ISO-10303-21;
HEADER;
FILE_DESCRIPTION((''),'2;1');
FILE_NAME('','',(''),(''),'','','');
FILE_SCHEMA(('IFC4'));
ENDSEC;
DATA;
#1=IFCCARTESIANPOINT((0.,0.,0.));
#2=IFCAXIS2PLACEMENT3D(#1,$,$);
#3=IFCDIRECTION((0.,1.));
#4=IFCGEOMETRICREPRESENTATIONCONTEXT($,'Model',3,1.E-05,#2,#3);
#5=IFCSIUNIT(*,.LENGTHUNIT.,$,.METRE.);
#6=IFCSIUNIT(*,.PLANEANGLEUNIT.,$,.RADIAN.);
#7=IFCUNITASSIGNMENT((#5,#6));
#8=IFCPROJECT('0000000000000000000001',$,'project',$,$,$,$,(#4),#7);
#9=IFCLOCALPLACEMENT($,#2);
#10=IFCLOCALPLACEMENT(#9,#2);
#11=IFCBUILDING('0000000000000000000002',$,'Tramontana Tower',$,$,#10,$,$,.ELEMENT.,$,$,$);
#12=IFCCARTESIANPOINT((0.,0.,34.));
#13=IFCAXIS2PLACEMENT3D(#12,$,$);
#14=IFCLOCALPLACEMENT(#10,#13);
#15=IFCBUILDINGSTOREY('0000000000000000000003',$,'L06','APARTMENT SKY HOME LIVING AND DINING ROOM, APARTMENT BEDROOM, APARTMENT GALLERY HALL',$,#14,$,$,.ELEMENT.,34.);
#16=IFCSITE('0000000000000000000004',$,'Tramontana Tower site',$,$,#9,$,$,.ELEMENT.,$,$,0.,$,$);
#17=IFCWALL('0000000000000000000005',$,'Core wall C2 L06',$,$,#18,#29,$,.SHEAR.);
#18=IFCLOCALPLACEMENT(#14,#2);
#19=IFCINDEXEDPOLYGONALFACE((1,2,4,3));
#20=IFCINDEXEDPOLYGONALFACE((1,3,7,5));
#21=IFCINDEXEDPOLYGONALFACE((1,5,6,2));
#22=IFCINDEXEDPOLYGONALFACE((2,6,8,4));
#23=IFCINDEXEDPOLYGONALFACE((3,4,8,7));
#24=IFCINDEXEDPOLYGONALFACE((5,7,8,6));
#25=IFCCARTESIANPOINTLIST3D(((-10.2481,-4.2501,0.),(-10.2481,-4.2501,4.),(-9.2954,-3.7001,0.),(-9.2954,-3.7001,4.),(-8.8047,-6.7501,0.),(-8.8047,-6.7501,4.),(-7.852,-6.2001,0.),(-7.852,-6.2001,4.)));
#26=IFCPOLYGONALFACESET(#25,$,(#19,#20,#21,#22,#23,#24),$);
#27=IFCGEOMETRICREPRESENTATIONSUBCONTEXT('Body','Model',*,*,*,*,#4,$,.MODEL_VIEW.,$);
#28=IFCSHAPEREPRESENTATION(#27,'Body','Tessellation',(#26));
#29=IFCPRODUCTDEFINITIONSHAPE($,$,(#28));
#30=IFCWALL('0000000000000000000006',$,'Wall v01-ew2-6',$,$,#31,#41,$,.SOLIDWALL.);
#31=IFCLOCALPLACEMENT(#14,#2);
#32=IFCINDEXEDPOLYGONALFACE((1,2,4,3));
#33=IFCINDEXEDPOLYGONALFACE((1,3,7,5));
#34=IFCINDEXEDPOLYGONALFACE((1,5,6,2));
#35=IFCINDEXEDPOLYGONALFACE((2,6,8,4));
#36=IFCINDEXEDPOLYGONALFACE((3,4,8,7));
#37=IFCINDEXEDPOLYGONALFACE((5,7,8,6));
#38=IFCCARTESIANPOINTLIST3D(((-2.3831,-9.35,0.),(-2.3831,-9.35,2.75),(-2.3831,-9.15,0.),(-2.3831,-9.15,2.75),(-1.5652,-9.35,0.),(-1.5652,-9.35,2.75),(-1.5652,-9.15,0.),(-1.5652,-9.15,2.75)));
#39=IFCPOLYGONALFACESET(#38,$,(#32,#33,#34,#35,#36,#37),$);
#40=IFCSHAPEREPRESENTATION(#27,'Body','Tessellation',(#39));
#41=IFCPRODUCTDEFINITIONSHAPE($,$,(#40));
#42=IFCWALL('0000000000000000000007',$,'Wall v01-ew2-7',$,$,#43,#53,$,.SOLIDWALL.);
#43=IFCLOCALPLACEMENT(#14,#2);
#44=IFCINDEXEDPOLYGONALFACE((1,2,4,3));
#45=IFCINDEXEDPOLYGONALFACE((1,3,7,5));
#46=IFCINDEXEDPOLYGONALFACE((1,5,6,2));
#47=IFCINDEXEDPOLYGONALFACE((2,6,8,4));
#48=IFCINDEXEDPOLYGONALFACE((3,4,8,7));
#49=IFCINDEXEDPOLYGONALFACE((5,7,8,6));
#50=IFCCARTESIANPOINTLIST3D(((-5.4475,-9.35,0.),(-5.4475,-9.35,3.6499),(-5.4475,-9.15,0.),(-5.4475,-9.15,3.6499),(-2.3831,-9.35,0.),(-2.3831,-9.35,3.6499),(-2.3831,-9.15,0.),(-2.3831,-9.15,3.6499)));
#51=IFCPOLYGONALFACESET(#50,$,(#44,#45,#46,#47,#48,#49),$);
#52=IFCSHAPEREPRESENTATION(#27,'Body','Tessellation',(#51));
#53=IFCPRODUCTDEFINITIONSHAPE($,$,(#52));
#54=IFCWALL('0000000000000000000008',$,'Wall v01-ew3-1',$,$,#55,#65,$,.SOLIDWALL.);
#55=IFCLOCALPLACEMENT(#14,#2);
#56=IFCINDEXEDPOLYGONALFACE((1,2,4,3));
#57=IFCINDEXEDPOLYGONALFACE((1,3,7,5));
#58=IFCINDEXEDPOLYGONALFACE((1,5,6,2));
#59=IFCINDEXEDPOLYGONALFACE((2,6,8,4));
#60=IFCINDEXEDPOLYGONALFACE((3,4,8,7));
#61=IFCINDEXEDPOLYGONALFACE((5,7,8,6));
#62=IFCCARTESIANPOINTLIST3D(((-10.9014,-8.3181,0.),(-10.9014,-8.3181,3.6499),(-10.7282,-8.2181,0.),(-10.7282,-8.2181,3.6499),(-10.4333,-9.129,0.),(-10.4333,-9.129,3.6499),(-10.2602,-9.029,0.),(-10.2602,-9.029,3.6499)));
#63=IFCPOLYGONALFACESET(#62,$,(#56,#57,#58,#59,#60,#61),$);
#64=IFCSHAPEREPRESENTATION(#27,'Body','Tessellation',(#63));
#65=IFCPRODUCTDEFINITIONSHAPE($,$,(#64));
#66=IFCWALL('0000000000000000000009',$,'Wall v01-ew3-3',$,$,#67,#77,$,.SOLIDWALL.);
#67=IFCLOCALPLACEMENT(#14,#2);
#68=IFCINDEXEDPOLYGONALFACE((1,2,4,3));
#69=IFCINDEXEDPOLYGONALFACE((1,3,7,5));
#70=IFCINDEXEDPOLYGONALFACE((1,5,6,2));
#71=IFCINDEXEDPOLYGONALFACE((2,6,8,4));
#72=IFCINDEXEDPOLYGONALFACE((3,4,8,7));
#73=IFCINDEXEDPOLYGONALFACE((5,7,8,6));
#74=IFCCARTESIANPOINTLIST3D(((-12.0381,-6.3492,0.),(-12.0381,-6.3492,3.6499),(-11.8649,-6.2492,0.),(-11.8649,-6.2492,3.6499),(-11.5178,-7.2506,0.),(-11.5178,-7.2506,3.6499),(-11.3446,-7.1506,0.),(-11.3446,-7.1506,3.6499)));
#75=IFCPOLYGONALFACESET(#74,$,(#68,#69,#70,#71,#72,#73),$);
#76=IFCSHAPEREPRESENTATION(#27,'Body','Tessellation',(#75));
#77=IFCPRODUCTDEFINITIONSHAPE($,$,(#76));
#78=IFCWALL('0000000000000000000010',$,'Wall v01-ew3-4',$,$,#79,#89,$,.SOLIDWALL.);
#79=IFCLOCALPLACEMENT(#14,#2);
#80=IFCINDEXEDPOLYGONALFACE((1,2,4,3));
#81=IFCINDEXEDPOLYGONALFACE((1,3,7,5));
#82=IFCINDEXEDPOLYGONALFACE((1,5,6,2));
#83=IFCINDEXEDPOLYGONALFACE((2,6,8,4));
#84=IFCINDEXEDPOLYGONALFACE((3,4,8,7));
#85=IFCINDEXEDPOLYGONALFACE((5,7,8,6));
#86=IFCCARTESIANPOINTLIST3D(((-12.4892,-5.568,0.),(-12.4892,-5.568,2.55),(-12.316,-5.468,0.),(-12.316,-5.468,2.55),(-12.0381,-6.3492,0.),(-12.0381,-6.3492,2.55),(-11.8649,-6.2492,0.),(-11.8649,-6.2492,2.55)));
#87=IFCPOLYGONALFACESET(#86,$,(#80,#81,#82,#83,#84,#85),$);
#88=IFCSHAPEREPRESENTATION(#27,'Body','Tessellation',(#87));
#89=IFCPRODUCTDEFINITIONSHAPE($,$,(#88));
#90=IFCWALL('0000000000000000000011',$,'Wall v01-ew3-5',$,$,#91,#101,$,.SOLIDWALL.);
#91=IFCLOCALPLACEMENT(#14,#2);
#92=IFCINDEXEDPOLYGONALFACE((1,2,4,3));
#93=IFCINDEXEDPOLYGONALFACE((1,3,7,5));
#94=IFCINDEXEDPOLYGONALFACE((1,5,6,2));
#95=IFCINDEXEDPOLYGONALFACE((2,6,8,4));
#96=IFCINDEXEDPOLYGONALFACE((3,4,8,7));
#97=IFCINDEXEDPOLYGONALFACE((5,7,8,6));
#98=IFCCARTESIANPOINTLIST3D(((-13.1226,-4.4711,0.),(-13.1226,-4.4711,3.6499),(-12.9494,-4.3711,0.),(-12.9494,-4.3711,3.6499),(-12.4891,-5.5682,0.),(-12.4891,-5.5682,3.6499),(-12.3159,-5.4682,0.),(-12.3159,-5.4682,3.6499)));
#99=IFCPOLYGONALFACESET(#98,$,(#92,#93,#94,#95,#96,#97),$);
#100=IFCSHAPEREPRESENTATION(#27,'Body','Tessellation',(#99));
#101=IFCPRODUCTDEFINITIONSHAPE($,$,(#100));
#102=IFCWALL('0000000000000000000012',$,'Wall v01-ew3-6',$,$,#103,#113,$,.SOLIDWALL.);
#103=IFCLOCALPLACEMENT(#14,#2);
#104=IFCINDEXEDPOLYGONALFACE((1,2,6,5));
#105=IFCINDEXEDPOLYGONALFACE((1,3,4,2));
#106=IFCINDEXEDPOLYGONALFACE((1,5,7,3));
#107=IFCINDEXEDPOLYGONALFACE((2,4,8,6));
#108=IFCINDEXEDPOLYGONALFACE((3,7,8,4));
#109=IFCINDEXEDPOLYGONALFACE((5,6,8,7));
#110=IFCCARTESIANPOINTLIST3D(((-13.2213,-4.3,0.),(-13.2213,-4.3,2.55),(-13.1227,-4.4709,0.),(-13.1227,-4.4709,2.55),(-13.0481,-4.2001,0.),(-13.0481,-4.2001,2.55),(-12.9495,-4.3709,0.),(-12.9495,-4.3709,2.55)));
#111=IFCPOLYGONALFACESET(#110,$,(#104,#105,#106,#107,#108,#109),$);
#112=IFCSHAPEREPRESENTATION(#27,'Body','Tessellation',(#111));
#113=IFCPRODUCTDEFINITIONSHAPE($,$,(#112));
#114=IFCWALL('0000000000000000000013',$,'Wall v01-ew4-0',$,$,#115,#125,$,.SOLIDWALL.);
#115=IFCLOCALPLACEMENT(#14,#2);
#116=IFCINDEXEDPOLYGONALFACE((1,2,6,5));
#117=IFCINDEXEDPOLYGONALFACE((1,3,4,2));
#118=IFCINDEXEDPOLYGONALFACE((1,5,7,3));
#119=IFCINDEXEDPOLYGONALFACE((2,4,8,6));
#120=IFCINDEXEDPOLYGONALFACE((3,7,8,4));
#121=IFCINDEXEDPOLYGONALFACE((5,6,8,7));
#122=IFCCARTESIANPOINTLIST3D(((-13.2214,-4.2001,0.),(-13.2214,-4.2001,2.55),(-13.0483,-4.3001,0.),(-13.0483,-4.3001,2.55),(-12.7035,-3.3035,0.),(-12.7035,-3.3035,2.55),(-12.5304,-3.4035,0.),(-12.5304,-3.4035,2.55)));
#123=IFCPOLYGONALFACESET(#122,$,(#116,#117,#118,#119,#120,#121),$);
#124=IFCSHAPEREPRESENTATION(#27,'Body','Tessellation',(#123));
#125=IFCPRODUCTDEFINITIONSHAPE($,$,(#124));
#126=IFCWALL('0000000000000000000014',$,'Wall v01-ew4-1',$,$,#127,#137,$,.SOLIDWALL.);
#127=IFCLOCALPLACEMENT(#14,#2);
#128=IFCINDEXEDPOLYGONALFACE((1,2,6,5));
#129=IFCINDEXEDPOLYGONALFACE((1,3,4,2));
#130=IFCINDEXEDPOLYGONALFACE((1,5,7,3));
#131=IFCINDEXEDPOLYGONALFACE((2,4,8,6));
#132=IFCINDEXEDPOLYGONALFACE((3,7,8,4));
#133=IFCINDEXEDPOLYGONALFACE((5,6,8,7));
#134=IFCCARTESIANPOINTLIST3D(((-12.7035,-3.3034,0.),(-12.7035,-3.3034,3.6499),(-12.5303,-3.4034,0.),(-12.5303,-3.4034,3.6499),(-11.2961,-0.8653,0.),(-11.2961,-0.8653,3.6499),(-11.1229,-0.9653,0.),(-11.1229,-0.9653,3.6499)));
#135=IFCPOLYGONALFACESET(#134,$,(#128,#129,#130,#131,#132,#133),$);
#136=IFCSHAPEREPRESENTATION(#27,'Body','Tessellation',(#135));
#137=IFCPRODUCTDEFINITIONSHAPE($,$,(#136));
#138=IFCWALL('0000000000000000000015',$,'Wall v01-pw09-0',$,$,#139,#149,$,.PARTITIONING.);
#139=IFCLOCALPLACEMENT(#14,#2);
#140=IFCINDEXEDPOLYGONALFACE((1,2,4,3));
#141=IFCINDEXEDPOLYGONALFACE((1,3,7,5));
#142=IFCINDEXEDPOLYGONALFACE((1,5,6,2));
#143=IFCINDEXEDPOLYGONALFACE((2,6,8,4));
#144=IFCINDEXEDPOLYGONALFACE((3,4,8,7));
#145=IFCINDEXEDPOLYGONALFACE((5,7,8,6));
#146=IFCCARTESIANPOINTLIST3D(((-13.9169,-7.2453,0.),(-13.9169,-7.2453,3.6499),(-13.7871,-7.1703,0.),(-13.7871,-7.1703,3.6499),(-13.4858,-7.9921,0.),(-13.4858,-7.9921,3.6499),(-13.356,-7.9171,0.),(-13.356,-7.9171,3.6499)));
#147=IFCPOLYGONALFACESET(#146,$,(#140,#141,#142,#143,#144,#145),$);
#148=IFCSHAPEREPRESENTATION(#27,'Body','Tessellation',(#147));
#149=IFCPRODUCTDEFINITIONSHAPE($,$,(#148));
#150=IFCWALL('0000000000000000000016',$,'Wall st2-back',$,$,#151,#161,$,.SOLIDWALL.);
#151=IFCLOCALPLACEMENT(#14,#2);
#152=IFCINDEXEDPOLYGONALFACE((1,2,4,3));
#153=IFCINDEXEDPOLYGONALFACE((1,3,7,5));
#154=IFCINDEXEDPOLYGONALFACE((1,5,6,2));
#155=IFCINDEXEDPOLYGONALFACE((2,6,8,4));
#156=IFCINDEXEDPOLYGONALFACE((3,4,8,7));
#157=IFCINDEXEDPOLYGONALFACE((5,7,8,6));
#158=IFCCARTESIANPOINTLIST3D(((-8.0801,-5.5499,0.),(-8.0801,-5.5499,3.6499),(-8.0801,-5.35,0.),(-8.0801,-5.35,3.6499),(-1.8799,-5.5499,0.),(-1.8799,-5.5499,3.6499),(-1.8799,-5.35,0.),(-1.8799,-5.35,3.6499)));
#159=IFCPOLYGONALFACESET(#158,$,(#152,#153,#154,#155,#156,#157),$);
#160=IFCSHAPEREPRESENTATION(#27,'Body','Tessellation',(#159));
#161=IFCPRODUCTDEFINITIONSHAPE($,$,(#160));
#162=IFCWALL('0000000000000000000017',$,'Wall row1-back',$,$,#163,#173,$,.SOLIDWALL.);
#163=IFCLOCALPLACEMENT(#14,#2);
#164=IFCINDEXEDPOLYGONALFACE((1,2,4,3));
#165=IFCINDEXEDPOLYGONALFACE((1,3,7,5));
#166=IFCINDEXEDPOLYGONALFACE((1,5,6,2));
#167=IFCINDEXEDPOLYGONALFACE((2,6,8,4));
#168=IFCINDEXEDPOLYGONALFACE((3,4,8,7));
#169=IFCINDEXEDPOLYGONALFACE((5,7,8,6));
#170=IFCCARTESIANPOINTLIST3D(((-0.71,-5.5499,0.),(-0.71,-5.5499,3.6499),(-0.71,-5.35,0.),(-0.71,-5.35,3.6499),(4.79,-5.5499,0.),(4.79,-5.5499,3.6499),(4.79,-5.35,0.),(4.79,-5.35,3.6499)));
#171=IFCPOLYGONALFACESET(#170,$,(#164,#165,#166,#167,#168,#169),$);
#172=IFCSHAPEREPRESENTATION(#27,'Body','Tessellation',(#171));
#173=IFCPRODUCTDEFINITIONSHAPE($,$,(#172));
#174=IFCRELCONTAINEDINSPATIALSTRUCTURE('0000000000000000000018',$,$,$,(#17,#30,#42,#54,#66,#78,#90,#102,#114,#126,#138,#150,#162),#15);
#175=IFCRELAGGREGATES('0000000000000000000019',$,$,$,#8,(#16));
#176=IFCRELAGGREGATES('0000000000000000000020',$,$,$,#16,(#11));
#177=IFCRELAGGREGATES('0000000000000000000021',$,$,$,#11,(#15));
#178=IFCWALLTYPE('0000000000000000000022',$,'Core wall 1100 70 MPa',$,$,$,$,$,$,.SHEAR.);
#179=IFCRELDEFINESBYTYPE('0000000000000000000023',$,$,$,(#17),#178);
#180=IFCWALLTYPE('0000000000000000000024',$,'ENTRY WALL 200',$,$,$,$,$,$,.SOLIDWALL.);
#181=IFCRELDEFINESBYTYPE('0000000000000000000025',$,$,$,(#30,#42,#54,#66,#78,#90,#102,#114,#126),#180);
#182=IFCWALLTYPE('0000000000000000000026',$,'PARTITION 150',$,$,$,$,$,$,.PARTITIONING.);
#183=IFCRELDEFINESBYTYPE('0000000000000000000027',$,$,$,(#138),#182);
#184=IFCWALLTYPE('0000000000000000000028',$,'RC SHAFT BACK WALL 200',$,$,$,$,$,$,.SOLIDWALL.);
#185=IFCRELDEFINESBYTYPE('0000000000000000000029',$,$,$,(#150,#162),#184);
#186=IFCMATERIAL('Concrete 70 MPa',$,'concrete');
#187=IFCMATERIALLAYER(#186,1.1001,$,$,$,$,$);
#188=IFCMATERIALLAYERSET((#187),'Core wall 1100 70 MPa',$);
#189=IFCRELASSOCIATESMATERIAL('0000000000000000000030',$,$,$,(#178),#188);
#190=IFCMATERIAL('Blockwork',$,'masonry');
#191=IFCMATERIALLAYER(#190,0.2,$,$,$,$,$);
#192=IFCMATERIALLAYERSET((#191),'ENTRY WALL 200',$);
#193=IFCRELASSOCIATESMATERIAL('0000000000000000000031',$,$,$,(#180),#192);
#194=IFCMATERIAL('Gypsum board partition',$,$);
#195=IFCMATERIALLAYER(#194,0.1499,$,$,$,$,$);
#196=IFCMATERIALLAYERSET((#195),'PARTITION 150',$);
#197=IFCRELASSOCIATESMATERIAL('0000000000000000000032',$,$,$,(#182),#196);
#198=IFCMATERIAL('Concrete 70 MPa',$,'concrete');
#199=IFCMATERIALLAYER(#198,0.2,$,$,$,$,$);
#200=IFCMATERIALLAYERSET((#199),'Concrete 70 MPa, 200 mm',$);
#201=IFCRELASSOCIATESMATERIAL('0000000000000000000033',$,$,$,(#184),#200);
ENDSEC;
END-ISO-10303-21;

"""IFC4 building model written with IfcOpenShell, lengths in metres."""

from ifc_helpers import new_model, si_unit, direction, frame, frame_2d, origin, place, context, subcontext, project, spatial, rectangle, extrude, material, layer, layer_set, type_object, element, save


model = new_model("IFC4")

# Units and contexts
model_context = context("Model", 3, precision=1e-05, world=origin(), true_north=direction((0.0, 1.0)))
body_context = subcontext(model_context, "Body", "Model", "MODEL_VIEW")
ifc_project = project(units=[si_unit("LENGTHUNIT", "METRE"), si_unit("PLANEANGLEUNIT", "RADIAN")], contexts=[model_context])

# Site, building, storey
site_placement = place(None, origin())
site = spatial("IfcSite", under=ifc_project, at=site_placement, Name="Tramontana Tower site", CompositionType="ELEMENT", RefElevation=0.0)
building_placement = place(site_placement, origin())
building = spatial("IfcBuilding", under=site, at=building_placement, Name="Tramontana Tower", CompositionType="ELEMENT")
storey_placement = place(building_placement, frame((0.0, 0.0, 34.0)))
storey = spatial("IfcBuildingStorey", under=building, at=storey_placement, Name="L06", Description="APARTMENT SKY HOME LIVING AND DINING ROOM, APARTMENT BEDROOM, APARTMENT GALLERY HALL", CompositionType="ELEMENT", Elevation=34.0)

# Wall
ifc_material_1 = material(Name="Concrete 70 MPa", Category="concrete")
ifc_layer_1 = layer(ifc_material_1, 1.1001)
ifc_layer_set_1 = layer_set([ifc_layer_1], Name="Core wall 1100 70 MPa")
wall_type_1 = type_object("IfcWallType", Name="Core wall 1100 70 MPa", PredefinedType="SHEAR", material=ifc_layer_set_1)
wall_1_placement = place(storey_placement, frame((-9.7717, -3.9751, 0.0), z_axis=(0.0, 0.0, 1.0), x_axis=(0.499996, -0.866028, 0.0)))
element("IfcWall", 1, at=wall_1_placement, inside=storey, type_object=wall_type_1, Name="Core wall C2 L06", PredefinedType="SHEAR", context=body_context, shape_type="SweptSolid", body=[
    extrude(rectangle(XDim=2.8867, YDim=1.1001, at=frame_2d((1.4434, 0.0))), origin(), (0.0, 0.0, 1.0), 4.0),
])

# Walls
ifc_material_2 = material(Name="Blockwork", Category="masonry")
ifc_layer_2 = layer(ifc_material_2, 0.2)
ifc_layer_set_2 = layer_set([ifc_layer_2], Name="ENTRY WALL 200")
wall_type_2 = type_object("IfcWallType", Name="ENTRY WALL 200", PredefinedType="SOLIDWALL", material=ifc_layer_set_2)
wall_2_placement = place(storey_placement, frame((-1.5652, -9.25, 0.0), z_axis=(0.0, 0.0, 1.0), x_axis=(-1.0, 0.0, 0.0)))
element("IfcWall", 2, at=wall_2_placement, inside=storey, type_object=wall_type_2, Name="Wall v01-ew2-6", PredefinedType="SOLIDWALL", context=body_context, shape_type="SweptSolid", body=[
    extrude(rectangle(XDim=0.8179, YDim=0.2, at=frame_2d((0.4089, 0.0))), origin(), (0.0, 0.0, 1.0), 2.75),
])
wall_3_placement = place(storey_placement, frame((-2.3831, -9.25, 0.0), z_axis=(0.0, 0.0, 1.0), x_axis=(-1.0, 0.0, 0.0)))
element("IfcWall", 3, at=wall_3_placement, inside=storey, type_object=wall_type_2, Name="Wall v01-ew2-7", PredefinedType="SOLIDWALL", context=body_context, shape_type="SweptSolid", body=[
    extrude(rectangle(XDim=3.0645, YDim=0.2, at=frame_2d((1.5322, 0.0))), origin(), (0.0, 0.0, 1.0), 3.6499),
])
wall_4_placement = place(storey_placement, frame((-10.3467, -9.0791, 0.0), z_axis=(0.0, 0.0, 1.0), x_axis=(-0.499926, 0.866068, 0.0)))
element("IfcWall", 4, at=wall_4_placement, inside=storey, type_object=wall_type_2, Name="Wall v01-ew3-1", PredefinedType="SOLIDWALL", context=body_context, shape_type="SweptSolid", body=[
    extrude(rectangle(XDim=0.9363, YDim=0.2, at=frame_2d((0.4683, 0.0))), origin(), (0.0, 0.0, 1.0), 3.6499),
])

# Walls
wall_5_placement = place(storey_placement, frame((-11.4312, -7.2007, 0.0), z_axis=(0.0, 0.0, 1.0), x_axis=(-0.499898, 0.866084, 0.0)))
element("IfcWall", 5, at=wall_5_placement, inside=storey, type_object=wall_type_2, Name="Wall v01-ew3-3", PredefinedType="SOLIDWALL", context=body_context, shape_type="SweptSolid", body=[
    extrude(rectangle(XDim=1.0408, YDim=0.2, at=frame_2d((0.5205, 0.0))), origin(), (0.0, 0.0, 1.0), 3.6499),
])
wall_6_placement = place(storey_placement, frame((-11.9514, -6.2993, 0.0), z_axis=(0.0, 0.0, 1.0), x_axis=(-0.500097, 0.865969, 0.0)))
element("IfcWall", 6, at=wall_6_placement, inside=storey, type_object=wall_type_2, Name="Wall v01-ew3-4", PredefinedType="SOLIDWALL", context=body_context, shape_type="SweptSolid", body=[
    extrude(rectangle(XDim=0.9021, YDim=0.2, at=frame_2d((0.4512, 0.0))), origin(), (0.0, 0.0, 1.0), 2.55),
])
wall_7_placement = place(storey_placement, frame((-12.4026, -5.5181, 0.0), z_axis=(0.0, 0.0, 1.0), x_axis=(-0.500056, 0.865993, 0.0)))
element("IfcWall", 7, at=wall_7_placement, inside=storey, type_object=wall_type_2, Name="Wall v01-ew3-5", PredefinedType="SOLIDWALL", context=body_context, shape_type="SweptSolid", body=[
    extrude(rectangle(XDim=1.2668, YDim=0.2, at=frame_2d((0.6333, 0.0))), origin(), (0.0, 0.0, 1.0), 3.6499),
])
wall_8_placement = place(storey_placement, frame((-13.0361, -4.4209, 0.0), z_axis=(0.0, 0.0, 1.0), x_axis=(-0.499865, 0.866103, 0.0)))
element("IfcWall", 8, at=wall_8_placement, inside=storey, type_object=wall_type_2, Name="Wall v01-ew3-6", PredefinedType="SOLIDWALL", context=body_context, shape_type="SweptSolid", body=[
    extrude(rectangle(XDim=0.1973, YDim=0.2, at=frame_2d((0.0986, 0.0))), origin(), (0.0, 0.0, 1.0), 2.55),
])
wall_9_placement = place(storey_placement, frame((-13.1348, -4.25, 0.0), z_axis=(0.0, 0.0, 1.0), x_axis=(0.500172, 0.865926, 0.0)))
element("IfcWall", 9, at=wall_9_placement, inside=storey, type_object=wall_type_2, Name="Wall v01-ew4-0", PredefinedType="SOLIDWALL", context=body_context, shape_type="SweptSolid", body=[
    extrude(rectangle(XDim=1.0354, YDim=0.2, at=frame_2d((0.5176, 0.0))), origin(), (0.0, 0.0, 1.0), 2.55),
])
wall_10_placement = place(storey_placement, frame((-12.6169, -3.3535, 0.0), z_axis=(0.0, 0.0, 1.0), x_axis=(0.499935, 0.866063, 0.0)))
element("IfcWall", 10, at=wall_10_placement, inside=storey, type_object=wall_type_2, Name="Wall v01-ew4-1", PredefinedType="SOLIDWALL", context=body_context, shape_type="SweptSolid", body=[
    extrude(rectangle(XDim=2.8152, YDim=0.2, at=frame_2d((1.4077, 0.0))), origin(), (0.0, 0.0, 1.0), 3.6499),
])
ifc_material_3 = material(Name="Gypsum board partition")
ifc_layer_3 = layer(ifc_material_3, 0.1499)
ifc_layer_set_3 = layer_set([ifc_layer_3], Name="PARTITION 150")
wall_type_3 = type_object("IfcWallType", Name="PARTITION 150", PredefinedType="PARTITIONING", material=ifc_layer_set_3)
wall_11_placement = place(storey_placement, frame((-13.4209, -7.9546, 0.0), z_axis=(0.0, 0.0, 1.0), x_axis=(-0.499976, 0.866039, 0.0)))
element("IfcWall", 11, at=wall_11_placement, inside=storey, type_object=wall_type_3, Name="Wall v01-pw09-0", PredefinedType="PARTITIONING", context=body_context, shape_type="SweptSolid", body=[
    extrude(rectangle(XDim=0.8623, YDim=0.1499, at=frame_2d((0.4312, 0.0))), origin(), (0.0, 0.0, 1.0), 3.6499),
])
ifc_material_4 = material(Name="Concrete 70 MPa", Category="concrete")
ifc_layer_4 = layer(ifc_material_4, 0.2)
ifc_layer_set_4 = layer_set([ifc_layer_4], Name="Concrete 70 MPa, 200 mm")
wall_type_4 = type_object("IfcWallType", Name="RC SHAFT BACK WALL 200", PredefinedType="SOLIDWALL", material=ifc_layer_set_4)
wall_12_placement = place(storey_placement, frame((-8.0801, -5.45, 0.0), z_axis=(0.0, 0.0, 1.0), x_axis=(1.0, 0.0, 0.0)))
element("IfcWall", 12, at=wall_12_placement, inside=storey, type_object=wall_type_4, Name="Wall st2-back", PredefinedType="SOLIDWALL", context=body_context, shape_type="SweptSolid", body=[
    extrude(rectangle(XDim=6.2002, YDim=0.2, at=frame_2d((3.1001, 0.0))), origin(), (0.0, 0.0, 1.0), 3.6499),
])
wall_13_placement = place(storey_placement, frame((-0.71, -5.45, 0.0), z_axis=(0.0, 0.0, 1.0), x_axis=(1.0, 0.0, 0.0)))
element("IfcWall", 13, at=wall_13_placement, inside=storey, type_object=wall_type_4, Name="Wall row1-back", PredefinedType="SOLIDWALL", context=body_context, shape_type="SweptSolid", body=[
    extrude(rectangle(XDim=5.5, YDim=0.2, at=frame_2d((2.75, 0.0))), origin(), (0.0, 0.0, 1.0), 3.6499),
])

save(model, "model.ifc")
